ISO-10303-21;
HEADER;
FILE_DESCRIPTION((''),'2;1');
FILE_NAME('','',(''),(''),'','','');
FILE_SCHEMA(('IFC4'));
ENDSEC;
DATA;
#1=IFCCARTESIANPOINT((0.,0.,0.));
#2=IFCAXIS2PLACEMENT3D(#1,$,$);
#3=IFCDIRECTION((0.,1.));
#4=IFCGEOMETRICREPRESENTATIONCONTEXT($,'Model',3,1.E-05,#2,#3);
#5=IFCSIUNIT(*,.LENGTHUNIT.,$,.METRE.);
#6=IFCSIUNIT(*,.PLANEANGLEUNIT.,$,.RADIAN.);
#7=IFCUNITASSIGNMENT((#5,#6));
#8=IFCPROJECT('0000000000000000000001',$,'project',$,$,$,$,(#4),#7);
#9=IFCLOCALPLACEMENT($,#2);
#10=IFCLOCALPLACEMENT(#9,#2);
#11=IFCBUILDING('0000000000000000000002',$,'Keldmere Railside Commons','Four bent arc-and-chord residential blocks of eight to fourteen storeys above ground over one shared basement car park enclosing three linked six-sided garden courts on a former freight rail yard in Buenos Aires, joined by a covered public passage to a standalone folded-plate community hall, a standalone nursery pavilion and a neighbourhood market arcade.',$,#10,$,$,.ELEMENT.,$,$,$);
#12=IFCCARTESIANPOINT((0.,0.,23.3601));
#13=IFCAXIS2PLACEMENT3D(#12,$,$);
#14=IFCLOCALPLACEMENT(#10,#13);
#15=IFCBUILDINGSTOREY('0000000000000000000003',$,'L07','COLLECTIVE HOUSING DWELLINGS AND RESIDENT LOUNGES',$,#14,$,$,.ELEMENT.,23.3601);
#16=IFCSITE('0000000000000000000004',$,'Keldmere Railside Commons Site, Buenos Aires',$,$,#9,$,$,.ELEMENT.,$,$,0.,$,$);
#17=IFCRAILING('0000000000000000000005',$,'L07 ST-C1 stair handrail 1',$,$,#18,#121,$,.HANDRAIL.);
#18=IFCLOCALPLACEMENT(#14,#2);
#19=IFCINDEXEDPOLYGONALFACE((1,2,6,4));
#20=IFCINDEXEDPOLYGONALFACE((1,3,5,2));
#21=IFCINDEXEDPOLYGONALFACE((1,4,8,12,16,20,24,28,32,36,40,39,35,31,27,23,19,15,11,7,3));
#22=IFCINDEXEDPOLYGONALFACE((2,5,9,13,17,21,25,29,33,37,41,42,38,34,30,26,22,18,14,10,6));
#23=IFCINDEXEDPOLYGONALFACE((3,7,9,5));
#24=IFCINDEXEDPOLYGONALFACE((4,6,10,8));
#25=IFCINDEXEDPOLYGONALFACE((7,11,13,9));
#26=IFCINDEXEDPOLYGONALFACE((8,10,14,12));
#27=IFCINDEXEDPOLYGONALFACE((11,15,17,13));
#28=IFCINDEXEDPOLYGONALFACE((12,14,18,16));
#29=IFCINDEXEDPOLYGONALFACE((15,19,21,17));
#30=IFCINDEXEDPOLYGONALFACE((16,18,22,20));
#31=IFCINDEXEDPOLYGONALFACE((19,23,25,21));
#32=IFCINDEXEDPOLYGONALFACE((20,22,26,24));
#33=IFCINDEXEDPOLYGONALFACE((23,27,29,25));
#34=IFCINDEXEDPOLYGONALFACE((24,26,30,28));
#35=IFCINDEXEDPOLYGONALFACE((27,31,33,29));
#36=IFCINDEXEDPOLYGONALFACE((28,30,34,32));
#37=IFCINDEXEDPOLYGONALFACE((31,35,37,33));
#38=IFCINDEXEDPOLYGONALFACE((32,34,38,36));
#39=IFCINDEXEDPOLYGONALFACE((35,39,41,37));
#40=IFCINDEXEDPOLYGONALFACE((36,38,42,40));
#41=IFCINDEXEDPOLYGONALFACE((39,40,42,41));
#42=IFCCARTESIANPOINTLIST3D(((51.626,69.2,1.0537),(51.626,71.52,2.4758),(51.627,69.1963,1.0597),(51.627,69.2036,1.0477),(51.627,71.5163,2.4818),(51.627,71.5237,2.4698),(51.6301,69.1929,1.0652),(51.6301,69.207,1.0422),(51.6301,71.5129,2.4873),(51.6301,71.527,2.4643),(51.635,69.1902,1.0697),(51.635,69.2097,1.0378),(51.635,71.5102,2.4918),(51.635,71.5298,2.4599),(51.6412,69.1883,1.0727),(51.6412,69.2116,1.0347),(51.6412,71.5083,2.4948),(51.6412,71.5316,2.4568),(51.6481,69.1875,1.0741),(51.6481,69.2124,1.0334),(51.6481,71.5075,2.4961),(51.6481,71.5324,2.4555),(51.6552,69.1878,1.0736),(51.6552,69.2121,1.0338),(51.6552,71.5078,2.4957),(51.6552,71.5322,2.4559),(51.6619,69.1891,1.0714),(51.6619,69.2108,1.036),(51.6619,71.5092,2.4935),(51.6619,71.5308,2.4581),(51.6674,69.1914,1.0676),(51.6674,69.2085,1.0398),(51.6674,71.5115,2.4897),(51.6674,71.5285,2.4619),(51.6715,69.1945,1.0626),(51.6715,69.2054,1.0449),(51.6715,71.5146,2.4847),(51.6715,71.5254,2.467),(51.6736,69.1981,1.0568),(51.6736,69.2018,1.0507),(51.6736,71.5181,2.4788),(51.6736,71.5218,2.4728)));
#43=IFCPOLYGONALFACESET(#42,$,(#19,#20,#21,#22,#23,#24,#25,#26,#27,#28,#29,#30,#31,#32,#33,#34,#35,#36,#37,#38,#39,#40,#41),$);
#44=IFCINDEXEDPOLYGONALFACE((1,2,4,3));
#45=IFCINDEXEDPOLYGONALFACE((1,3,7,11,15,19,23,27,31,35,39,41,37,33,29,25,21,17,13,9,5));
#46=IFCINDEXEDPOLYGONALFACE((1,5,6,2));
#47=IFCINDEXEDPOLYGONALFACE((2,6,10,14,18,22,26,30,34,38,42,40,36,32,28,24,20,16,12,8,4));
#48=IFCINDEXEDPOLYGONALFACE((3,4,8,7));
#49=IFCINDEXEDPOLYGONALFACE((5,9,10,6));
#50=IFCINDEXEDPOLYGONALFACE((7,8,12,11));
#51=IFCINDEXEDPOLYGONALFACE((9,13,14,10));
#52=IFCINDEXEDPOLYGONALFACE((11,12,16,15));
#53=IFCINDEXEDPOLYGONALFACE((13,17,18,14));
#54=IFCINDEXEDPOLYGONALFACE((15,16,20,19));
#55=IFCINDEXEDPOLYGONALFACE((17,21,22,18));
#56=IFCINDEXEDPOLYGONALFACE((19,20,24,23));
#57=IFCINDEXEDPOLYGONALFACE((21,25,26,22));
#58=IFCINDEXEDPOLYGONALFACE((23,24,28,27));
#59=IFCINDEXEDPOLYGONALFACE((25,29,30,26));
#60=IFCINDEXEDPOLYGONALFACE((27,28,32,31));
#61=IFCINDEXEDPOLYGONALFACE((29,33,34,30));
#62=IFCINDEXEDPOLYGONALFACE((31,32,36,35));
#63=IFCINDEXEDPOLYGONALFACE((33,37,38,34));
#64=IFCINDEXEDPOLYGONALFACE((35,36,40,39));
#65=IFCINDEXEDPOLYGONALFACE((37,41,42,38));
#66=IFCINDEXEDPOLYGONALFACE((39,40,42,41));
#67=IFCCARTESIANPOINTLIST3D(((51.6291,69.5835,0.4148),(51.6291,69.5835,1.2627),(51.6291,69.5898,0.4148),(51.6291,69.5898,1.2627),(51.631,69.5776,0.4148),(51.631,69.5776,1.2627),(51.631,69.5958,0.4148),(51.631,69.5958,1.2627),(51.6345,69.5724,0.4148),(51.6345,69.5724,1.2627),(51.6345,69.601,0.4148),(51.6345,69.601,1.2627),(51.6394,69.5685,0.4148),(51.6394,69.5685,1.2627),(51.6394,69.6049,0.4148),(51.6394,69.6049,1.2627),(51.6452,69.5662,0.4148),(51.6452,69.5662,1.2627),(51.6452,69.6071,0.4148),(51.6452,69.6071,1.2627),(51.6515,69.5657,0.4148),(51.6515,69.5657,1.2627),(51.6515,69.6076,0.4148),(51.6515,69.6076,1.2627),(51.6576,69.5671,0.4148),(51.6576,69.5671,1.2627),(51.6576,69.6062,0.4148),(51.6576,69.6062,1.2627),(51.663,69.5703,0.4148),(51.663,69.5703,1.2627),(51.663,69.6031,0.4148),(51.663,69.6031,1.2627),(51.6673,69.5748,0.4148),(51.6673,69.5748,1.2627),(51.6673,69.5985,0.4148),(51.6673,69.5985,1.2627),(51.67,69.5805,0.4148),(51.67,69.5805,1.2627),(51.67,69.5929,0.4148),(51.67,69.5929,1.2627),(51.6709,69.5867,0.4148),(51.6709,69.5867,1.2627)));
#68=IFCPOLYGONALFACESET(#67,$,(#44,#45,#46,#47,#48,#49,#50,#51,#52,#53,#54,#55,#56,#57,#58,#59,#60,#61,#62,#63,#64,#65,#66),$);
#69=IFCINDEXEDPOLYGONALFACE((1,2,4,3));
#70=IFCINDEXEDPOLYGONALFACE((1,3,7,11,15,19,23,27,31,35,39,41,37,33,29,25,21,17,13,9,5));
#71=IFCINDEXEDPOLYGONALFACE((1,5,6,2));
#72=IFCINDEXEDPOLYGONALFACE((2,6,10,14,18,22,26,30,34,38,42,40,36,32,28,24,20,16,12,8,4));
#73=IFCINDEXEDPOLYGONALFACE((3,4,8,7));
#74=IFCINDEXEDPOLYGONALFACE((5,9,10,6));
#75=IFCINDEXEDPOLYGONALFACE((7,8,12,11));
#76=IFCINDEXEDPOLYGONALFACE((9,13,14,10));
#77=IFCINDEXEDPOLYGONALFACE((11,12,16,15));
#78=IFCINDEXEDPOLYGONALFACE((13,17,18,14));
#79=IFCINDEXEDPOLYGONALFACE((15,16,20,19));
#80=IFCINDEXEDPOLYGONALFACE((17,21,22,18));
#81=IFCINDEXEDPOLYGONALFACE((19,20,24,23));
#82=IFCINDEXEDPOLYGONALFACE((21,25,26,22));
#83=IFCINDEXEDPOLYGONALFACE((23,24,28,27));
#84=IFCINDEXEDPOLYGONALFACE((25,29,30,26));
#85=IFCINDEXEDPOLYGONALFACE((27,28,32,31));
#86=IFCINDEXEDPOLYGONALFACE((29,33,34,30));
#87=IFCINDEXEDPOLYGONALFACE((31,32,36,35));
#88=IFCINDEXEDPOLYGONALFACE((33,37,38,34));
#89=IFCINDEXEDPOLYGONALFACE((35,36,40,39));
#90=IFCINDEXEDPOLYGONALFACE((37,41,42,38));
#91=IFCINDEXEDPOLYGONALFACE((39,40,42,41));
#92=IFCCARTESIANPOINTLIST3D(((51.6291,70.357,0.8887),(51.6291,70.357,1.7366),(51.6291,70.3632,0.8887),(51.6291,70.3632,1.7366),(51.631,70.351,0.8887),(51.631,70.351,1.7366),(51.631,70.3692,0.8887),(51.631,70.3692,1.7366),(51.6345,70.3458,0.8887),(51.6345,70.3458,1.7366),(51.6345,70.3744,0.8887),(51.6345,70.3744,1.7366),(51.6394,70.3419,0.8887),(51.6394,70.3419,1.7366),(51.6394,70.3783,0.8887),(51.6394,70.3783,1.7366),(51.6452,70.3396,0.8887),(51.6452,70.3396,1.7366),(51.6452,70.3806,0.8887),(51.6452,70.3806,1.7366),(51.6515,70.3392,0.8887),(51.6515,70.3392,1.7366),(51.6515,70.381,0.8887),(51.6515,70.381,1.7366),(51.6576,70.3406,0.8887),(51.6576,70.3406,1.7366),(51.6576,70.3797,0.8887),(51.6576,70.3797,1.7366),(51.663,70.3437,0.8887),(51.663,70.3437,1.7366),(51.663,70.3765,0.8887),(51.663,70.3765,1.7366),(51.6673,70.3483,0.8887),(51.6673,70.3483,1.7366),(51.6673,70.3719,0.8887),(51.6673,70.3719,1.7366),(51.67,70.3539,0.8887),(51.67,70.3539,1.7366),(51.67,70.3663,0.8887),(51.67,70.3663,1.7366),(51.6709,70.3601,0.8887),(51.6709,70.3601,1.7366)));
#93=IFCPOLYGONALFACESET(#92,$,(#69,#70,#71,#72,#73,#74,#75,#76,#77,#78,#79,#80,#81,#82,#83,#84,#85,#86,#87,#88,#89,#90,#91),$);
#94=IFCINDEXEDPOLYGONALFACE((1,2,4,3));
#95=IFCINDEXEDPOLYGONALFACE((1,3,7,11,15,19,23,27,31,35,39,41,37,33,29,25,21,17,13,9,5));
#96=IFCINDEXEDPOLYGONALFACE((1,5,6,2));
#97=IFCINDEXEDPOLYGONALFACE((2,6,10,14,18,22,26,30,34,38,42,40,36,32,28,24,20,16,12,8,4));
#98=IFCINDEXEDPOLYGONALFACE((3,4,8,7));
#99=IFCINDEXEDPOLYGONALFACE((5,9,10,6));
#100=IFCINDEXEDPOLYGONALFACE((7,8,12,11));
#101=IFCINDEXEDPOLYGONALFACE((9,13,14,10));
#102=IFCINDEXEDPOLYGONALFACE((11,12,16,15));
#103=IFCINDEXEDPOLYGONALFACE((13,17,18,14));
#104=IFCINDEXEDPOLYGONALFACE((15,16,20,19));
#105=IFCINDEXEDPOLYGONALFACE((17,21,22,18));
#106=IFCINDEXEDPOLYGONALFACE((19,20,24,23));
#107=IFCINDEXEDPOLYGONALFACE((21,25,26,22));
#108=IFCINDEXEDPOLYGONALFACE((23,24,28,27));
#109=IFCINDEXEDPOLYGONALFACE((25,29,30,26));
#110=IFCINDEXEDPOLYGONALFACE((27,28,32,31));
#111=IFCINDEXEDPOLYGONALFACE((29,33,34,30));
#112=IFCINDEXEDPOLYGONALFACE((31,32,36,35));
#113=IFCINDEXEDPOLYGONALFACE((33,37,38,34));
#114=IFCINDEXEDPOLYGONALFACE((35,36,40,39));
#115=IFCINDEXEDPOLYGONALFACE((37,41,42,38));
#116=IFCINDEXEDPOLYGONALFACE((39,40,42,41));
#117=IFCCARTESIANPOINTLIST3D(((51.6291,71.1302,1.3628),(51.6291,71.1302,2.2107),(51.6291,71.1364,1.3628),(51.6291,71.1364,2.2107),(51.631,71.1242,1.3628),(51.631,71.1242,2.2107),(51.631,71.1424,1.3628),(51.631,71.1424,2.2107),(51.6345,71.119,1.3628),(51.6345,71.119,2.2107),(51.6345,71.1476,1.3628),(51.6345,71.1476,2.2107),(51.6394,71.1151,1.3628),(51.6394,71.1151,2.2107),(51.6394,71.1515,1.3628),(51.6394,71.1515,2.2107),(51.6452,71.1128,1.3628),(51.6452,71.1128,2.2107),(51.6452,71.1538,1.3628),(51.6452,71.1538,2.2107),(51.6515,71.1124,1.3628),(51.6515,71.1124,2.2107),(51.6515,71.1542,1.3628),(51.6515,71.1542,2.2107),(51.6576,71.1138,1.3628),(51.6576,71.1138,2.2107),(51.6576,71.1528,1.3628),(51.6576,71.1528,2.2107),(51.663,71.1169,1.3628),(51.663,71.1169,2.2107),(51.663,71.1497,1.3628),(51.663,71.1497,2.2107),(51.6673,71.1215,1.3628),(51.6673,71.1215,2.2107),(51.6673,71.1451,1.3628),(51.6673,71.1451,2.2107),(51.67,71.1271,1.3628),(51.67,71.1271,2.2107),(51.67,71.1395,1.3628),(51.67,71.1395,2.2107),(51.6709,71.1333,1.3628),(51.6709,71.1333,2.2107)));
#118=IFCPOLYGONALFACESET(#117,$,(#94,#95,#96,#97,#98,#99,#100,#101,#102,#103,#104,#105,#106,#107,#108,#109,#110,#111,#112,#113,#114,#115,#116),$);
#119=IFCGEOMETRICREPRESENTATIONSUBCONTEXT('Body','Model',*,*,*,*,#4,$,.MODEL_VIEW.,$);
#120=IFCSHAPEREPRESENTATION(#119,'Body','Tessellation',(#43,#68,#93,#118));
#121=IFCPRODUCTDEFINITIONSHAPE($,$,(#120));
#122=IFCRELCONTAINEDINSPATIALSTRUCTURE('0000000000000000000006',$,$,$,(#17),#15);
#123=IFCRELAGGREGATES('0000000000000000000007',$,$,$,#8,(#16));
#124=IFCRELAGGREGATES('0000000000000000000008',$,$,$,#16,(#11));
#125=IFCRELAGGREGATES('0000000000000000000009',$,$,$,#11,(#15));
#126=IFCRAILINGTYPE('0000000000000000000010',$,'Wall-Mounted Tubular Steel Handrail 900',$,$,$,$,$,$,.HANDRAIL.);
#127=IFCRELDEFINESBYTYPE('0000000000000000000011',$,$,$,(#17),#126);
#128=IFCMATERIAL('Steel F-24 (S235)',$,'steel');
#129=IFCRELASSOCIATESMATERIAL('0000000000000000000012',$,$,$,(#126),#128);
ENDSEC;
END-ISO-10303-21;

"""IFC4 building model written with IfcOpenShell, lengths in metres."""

from ifc_helpers import new_model, si_unit, direction, frame, origin, origin_2d, place, context, subcontext, project, spatial, circle, extrude, material, type_object, element, save


model = new_model("IFC4")

# Units and contexts
model_context = context("Model", 3, precision=1e-05, world=origin(), true_north=direction((0.0, 1.0)))
body_context = subcontext(model_context, "Body", "Model", "MODEL_VIEW")
ifc_project = project(units=[si_unit("LENGTHUNIT", "METRE"), si_unit("PLANEANGLEUNIT", "RADIAN")], contexts=[model_context])

# Site, building, storey
site_placement = place(None, origin())
site = spatial("IfcSite", under=ifc_project, at=site_placement, Name="Keldmere Railside Commons Site, Buenos Aires", CompositionType="ELEMENT", RefElevation=0.0)
building_placement = place(site_placement, origin())
building = spatial("IfcBuilding", under=site, at=building_placement, Name="Keldmere Railside Commons", Description="Four bent arc-and-chord residential blocks of eight to fourteen storeys above ground over one shared basement car park enclosing three linked six-sided garden courts on a former freight rail yard in Buenos Aires, joined by a covered public passage to a standalone folded-plate community hall, a standalone nursery pavilion and a neighbourhood market arcade.", CompositionType="ELEMENT")
storey_placement = place(building_placement, frame((0.0, 0.0, 23.3601)))
storey = spatial("IfcBuildingStorey", under=building, at=storey_placement, Name="L07", Description="COLLECTIVE HOUSING DWELLINGS AND RESIDENT LOUNGES", CompositionType="ELEMENT", Elevation=23.3601)

# Shared definitions
ifc_material_1 = material(Name="Steel F-24 (S235)", Category="steel")

# Railing
railing_type_1 = type_object("IfcRailingType", Name="Wall-Mounted Tubular Steel Handrail 900", PredefinedType="HANDRAIL", material=ifc_material_1)
railing_1_placement = place(storey_placement, frame((51.6499, 69.2, 0.1777)))
element("IfcRailing", 1, at=railing_1_placement, inside=storey, type_object=railing_type_1, Name="L07 ST-C1 stair handrail 1", PredefinedType="HANDRAIL", context=body_context, shape_type="SweptSolid", body=[
    extrude(circle(Radius=0.0239, at=origin_2d()), frame((0.0, 0.0, 0.876), z_axis=(0.0, 0.852578, 0.5226), x_axis=(-1.0, 0.0, 0.0)), (0.0, 0.0, 1.0), 2.7212),
    extrude(circle(Radius=0.021, at=origin_2d()), frame((0.0, 0.3867, 0.2371)), (0.0, 0.0, 1.0), 0.8479),
    extrude(circle(Radius=0.021, at=origin_2d()), frame((0.0, 1.1602, 0.7109)), (0.0, 0.0, 1.0), 0.8479),
    extrude(circle(Radius=0.021, at=origin_2d()), frame((0.0, 1.9333, 1.1851)), (0.0, 0.0, 1.0), 0.8479),
])

save(model, "model.ifc")
